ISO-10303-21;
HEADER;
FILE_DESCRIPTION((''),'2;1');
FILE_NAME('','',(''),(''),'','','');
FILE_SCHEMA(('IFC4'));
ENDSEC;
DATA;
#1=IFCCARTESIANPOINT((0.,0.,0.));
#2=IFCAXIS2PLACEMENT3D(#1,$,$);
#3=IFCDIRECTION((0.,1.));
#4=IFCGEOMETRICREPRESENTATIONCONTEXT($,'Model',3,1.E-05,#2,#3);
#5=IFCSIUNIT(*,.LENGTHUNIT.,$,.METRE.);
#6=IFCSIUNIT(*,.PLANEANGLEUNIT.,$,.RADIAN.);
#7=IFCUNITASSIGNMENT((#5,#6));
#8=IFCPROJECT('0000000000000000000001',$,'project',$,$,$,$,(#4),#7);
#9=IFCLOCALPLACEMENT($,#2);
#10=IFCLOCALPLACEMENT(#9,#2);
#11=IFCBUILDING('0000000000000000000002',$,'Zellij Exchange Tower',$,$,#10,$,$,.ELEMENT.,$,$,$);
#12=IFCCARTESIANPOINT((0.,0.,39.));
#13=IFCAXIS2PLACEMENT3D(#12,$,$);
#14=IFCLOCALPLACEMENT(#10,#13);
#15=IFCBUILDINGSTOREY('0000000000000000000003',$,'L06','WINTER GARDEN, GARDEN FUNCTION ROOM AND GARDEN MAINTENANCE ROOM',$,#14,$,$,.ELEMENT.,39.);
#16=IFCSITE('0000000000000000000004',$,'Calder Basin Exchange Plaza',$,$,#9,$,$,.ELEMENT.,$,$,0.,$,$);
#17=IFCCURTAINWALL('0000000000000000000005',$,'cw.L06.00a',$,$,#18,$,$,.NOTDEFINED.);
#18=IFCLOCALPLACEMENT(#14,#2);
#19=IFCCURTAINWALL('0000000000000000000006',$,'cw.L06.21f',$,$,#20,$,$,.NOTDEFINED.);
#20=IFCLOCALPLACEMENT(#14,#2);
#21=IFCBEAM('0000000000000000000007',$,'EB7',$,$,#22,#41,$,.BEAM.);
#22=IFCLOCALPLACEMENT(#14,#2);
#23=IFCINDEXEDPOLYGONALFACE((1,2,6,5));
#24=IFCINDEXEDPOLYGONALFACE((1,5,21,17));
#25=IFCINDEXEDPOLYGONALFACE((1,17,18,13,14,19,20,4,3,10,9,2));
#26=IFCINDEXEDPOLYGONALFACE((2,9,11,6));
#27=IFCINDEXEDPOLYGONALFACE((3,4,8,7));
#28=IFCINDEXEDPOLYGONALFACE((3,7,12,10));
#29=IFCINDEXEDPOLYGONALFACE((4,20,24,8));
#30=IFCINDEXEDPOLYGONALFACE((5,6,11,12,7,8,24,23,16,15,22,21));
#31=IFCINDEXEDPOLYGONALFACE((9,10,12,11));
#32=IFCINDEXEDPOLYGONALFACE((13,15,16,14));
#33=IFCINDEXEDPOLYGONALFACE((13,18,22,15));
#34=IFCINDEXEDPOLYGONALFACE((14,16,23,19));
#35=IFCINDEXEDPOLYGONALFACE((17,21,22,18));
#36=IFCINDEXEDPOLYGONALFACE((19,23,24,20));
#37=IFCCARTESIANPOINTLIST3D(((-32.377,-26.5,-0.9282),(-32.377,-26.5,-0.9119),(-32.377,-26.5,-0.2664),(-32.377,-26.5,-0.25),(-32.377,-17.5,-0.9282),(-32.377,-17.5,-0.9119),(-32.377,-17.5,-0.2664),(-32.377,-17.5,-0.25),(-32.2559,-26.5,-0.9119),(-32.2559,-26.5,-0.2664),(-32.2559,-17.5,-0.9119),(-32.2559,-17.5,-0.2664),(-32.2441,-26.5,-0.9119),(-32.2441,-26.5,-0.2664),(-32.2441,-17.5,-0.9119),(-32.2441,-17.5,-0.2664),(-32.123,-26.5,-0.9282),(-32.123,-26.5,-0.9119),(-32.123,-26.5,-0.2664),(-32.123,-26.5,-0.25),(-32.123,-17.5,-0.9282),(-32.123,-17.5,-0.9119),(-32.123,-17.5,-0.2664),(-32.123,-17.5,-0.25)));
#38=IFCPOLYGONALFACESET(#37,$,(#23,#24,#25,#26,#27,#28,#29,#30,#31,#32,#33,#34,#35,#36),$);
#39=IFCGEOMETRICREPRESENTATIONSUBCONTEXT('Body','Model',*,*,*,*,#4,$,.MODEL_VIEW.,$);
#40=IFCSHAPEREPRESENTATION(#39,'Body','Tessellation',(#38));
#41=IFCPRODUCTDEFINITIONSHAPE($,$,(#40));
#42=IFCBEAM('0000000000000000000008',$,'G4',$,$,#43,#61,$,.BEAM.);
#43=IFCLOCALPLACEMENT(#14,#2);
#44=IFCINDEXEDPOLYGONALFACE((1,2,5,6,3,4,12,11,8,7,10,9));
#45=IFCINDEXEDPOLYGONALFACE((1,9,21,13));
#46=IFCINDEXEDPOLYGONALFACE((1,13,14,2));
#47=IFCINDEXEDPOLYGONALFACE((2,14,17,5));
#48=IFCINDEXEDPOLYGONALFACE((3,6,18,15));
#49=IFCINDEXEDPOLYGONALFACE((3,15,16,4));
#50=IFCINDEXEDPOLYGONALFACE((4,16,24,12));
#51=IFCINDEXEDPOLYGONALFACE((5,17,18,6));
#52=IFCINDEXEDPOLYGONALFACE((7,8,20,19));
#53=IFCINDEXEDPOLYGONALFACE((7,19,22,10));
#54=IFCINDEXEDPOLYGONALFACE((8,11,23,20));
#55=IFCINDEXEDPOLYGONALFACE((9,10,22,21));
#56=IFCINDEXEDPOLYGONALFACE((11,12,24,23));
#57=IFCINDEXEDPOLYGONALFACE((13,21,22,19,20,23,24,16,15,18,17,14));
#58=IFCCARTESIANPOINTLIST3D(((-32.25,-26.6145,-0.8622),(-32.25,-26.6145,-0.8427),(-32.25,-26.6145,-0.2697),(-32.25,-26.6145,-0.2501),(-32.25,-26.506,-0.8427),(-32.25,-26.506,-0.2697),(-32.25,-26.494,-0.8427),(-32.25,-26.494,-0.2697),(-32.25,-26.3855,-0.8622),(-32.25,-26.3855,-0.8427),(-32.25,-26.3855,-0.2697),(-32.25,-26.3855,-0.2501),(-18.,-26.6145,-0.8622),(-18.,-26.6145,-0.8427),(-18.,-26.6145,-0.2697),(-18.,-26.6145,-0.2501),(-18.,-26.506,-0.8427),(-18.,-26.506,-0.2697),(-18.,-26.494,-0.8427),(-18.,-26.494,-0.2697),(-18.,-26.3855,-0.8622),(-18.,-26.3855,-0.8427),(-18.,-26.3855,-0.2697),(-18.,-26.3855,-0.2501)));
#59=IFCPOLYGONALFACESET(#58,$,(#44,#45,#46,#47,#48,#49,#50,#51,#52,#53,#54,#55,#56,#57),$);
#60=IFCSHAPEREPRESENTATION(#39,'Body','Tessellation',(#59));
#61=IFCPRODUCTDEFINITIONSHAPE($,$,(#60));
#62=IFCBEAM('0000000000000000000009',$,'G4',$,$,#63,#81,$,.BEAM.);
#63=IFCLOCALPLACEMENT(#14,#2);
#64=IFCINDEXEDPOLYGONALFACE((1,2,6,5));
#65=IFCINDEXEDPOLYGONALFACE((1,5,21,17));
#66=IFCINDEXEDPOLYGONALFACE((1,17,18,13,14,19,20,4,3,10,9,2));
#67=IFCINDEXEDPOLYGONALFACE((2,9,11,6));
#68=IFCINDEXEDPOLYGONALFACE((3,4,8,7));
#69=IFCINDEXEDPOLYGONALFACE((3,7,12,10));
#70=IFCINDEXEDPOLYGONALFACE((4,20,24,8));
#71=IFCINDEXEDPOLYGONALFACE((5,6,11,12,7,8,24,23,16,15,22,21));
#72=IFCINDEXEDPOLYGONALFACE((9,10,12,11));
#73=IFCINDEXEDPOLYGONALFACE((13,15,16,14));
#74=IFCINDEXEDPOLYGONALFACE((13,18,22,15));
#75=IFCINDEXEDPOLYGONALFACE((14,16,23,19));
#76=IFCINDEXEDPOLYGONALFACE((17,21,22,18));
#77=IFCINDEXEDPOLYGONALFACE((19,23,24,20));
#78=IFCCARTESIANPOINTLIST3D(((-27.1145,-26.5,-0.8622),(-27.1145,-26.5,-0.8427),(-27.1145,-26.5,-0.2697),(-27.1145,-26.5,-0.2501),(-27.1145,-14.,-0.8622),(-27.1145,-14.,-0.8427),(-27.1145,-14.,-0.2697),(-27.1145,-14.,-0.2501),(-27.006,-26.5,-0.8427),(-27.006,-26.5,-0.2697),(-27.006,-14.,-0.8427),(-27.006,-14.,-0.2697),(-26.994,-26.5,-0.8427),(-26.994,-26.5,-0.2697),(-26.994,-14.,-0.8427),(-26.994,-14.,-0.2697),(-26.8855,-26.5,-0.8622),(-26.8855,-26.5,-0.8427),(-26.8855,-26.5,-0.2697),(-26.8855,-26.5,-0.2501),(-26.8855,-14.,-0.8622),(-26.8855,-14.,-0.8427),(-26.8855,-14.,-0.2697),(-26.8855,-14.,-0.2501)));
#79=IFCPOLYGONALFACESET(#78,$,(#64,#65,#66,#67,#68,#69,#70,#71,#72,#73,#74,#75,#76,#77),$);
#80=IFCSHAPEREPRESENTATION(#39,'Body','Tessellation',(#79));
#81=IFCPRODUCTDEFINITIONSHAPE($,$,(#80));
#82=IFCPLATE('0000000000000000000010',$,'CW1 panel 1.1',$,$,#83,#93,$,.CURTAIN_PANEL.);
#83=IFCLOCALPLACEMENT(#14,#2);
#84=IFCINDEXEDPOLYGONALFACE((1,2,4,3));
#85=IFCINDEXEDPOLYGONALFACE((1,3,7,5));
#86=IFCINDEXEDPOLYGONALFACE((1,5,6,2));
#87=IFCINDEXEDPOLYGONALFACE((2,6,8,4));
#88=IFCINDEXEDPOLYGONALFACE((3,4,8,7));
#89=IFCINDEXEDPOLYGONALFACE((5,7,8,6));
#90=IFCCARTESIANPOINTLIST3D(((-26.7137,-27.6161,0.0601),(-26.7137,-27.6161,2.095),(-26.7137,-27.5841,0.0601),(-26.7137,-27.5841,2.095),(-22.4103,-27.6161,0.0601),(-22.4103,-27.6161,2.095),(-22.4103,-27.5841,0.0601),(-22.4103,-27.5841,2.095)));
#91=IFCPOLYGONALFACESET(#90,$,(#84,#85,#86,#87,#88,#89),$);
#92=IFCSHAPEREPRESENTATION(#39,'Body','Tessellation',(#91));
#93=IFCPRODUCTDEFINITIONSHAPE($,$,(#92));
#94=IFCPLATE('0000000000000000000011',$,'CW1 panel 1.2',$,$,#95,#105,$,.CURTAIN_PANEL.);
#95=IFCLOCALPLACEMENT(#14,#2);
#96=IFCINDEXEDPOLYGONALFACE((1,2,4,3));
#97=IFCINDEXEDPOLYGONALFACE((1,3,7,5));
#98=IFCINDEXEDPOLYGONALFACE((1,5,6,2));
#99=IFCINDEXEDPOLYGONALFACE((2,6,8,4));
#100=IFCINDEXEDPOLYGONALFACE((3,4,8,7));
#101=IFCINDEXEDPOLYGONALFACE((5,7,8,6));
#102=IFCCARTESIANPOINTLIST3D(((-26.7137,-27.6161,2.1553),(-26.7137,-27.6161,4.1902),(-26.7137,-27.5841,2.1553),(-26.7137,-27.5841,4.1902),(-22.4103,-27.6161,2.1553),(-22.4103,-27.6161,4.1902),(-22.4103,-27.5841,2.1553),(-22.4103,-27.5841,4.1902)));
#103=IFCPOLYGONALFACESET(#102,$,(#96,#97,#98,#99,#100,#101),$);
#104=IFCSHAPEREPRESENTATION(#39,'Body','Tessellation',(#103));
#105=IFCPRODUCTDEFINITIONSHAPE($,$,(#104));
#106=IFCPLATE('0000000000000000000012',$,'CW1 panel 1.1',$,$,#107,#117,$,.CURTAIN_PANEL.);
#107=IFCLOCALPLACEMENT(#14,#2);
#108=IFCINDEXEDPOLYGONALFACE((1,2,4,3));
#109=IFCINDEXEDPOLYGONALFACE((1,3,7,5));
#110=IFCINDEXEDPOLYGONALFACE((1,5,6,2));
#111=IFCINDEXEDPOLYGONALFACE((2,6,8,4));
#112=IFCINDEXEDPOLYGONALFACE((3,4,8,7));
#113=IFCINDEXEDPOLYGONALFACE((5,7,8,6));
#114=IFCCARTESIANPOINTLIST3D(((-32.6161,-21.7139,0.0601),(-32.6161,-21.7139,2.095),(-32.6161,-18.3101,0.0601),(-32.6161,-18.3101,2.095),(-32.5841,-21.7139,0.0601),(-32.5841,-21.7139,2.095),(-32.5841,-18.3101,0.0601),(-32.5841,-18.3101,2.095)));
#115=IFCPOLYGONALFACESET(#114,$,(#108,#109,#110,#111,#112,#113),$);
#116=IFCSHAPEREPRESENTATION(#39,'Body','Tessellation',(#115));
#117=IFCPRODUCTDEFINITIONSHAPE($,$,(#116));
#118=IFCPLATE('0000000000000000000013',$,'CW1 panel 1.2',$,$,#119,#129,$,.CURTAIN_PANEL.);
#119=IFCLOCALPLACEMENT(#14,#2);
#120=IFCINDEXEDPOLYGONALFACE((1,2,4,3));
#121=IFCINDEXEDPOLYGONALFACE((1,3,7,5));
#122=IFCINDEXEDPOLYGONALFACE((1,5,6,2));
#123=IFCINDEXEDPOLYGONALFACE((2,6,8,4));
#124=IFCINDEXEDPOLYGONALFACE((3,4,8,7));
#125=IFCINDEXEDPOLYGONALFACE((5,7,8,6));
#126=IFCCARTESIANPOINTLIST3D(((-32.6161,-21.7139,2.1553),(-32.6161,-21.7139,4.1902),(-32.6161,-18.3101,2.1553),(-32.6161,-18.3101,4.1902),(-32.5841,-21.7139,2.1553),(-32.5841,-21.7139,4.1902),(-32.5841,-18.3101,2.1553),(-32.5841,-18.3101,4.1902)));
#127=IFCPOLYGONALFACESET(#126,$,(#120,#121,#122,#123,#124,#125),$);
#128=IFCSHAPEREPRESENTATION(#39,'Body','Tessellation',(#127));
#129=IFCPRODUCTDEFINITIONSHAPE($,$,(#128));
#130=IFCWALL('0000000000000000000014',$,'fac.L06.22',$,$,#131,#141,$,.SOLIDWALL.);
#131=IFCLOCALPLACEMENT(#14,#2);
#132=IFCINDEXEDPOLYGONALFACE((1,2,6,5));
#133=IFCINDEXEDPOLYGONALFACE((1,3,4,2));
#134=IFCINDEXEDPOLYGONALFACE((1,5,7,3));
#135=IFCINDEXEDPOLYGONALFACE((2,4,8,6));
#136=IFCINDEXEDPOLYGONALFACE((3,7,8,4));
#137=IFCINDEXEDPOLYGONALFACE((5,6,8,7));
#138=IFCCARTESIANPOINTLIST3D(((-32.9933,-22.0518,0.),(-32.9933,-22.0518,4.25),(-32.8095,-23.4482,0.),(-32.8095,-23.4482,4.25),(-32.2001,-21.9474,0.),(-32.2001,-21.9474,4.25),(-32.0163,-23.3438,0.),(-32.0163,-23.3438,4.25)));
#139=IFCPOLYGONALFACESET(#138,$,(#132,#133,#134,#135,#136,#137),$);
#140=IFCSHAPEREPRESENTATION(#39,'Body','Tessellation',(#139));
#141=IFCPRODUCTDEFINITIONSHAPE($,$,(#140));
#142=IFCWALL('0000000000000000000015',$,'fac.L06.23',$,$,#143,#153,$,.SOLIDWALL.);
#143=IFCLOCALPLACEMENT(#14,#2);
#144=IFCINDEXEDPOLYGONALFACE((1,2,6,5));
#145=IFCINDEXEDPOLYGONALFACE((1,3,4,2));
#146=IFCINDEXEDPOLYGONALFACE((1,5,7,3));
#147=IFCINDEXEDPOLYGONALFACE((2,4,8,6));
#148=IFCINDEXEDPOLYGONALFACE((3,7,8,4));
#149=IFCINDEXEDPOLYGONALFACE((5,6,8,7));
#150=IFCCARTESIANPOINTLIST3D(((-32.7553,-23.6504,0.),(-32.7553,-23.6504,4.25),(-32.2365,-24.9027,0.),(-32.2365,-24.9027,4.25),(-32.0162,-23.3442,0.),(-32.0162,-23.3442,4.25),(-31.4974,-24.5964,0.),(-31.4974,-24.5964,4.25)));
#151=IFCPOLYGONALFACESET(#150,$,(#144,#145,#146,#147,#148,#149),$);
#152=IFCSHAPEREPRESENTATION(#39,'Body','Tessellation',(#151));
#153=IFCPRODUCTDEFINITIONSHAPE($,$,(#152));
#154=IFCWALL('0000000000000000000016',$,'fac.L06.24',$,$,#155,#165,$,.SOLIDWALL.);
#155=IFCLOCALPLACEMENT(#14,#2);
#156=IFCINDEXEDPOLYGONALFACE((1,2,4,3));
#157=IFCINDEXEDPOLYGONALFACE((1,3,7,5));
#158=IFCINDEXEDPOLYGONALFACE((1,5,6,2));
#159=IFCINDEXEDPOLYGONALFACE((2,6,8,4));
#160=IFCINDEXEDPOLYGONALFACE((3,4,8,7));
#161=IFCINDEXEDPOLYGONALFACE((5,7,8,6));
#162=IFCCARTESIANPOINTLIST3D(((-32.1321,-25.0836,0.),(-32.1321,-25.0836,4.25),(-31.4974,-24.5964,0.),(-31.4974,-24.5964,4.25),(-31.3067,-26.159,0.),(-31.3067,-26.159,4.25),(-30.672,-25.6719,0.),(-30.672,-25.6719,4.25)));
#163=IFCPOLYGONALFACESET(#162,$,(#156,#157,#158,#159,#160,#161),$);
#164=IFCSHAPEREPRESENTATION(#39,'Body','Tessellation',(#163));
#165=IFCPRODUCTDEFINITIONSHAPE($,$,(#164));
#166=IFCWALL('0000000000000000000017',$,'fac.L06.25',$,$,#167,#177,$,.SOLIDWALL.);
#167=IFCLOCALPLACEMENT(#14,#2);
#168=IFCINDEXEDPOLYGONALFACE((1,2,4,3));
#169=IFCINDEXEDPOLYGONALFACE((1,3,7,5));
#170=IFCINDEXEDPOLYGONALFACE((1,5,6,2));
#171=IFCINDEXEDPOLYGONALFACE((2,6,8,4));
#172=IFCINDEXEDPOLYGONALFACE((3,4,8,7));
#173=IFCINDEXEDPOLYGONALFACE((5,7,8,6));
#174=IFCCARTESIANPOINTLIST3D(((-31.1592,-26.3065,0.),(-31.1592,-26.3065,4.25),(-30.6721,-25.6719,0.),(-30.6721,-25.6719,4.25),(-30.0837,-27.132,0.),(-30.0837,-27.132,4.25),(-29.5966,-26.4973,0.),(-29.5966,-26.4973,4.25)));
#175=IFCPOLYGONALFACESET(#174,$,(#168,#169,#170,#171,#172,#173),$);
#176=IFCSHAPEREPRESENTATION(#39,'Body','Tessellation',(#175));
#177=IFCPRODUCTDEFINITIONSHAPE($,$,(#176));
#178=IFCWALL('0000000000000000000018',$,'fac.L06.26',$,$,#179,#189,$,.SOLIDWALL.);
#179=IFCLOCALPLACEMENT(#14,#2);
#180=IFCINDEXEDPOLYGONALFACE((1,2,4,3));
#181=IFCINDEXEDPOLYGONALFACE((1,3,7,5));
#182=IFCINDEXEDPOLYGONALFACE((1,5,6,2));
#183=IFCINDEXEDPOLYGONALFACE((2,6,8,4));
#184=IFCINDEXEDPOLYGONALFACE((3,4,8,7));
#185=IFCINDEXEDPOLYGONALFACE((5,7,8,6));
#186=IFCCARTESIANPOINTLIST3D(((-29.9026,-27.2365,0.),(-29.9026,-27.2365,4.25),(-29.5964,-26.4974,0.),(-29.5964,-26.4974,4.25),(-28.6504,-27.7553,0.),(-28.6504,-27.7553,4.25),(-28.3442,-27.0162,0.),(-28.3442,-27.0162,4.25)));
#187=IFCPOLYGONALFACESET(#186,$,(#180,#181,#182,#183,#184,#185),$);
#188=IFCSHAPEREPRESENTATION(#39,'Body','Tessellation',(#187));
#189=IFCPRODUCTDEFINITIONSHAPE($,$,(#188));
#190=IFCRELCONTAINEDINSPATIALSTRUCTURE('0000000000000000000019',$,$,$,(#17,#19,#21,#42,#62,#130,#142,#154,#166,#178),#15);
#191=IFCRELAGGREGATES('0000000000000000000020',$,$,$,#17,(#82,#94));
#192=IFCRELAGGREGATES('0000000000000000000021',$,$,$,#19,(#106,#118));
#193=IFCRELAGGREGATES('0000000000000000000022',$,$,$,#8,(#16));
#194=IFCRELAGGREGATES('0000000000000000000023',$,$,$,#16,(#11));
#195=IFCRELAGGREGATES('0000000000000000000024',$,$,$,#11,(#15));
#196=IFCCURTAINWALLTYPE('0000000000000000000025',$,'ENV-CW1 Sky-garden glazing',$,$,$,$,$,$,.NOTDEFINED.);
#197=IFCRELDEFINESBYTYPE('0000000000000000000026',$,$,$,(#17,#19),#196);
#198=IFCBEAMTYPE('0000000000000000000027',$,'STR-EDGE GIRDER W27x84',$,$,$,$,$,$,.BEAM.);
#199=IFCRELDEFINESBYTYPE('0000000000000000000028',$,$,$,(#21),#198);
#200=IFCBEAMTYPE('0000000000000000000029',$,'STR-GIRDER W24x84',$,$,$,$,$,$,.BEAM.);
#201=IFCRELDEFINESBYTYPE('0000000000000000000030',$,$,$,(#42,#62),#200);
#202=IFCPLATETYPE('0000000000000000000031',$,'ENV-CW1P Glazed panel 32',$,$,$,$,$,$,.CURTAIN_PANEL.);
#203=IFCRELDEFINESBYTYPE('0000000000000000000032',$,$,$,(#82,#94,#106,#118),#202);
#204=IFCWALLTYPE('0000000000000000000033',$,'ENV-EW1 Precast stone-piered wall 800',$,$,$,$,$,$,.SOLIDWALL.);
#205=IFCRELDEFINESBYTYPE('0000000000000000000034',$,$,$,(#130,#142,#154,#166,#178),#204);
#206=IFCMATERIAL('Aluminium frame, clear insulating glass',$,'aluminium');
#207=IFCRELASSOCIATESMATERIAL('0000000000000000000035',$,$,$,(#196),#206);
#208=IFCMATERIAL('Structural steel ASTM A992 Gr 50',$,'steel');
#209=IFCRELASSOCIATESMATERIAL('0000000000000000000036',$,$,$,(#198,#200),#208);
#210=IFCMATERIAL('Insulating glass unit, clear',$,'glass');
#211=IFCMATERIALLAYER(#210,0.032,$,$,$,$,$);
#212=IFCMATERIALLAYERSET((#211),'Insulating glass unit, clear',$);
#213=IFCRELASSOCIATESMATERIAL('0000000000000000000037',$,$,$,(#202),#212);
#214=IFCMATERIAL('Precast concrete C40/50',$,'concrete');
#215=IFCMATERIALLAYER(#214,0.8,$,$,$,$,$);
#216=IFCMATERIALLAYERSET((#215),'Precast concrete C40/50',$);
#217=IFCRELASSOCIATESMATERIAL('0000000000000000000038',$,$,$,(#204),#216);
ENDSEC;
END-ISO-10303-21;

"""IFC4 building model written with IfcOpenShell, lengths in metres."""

from ifc_helpers import new_model, si_unit, direction, frame, frame_2d, origin, origin_2d, place, context, subcontext, project, spatial, rectangle, i_section, extrude, material, layer, layer_set, material_profile, profile_set, type_object, element, aggregate, save


model = new_model("IFC4")

# Units and contexts
model_context = context("Model", 3, precision=1e-05, world=origin(), true_north=direction((0.0, 1.0)))
body_context = subcontext(model_context, "Body", "Model", "MODEL_VIEW")
ifc_project = project(units=[si_unit("LENGTHUNIT", "METRE"), si_unit("PLANEANGLEUNIT", "RADIAN")], contexts=[model_context])

# Site, building, storey
site_placement = place(None, origin())
site = spatial("IfcSite", under=ifc_project, at=site_placement, Name="Calder Basin Exchange Plaza", CompositionType="ELEMENT", RefElevation=0.0)
building_placement = place(site_placement, origin())
building = spatial("IfcBuilding", under=site, at=building_placement, Name="Zellij Exchange Tower", CompositionType="ELEMENT")
storey_placement = place(building_placement, frame((0.0, 0.0, 39.0)))
storey = spatial("IfcBuildingStorey", under=building, at=storey_placement, Name="L06", Description="WINTER GARDEN, GARDEN FUNCTION ROOM AND GARDEN MAINTENANCE ROOM", CompositionType="ELEMENT", Elevation=39.0)

# Curtain walls
ifc_material_1 = material(Name="Aluminium frame, clear insulating glass", Category="aluminium")
curtain_wall_type = type_object("IfcCurtainWallType", Name="ENV-CW1 Sky-garden glazing", PredefinedType="NOTDEFINED", material=ifc_material_1)
curtain_wall_1_placement = place(storey_placement, origin())
curtain_wall_1 = element("IfcCurtainWall", 1, at=curtain_wall_1_placement, inside=storey, type_object=curtain_wall_type, Name="cw.L06.00a", PredefinedType="NOTDEFINED")
curtain_wall_2_placement = place(storey_placement, origin())
curtain_wall_2 = element("IfcCurtainWall", 2, at=curtain_wall_2_placement, inside=storey, type_object=curtain_wall_type, Name="cw.L06.21f", PredefinedType="NOTDEFINED")

# Beams
ifc_material_2 = material(Name="Structural steel ASTM A992 Gr 50", Category="steel")
ifc_material_profile_1 = material_profile(ifc_material_2, i_section(OverallWidth=0.2539, OverallDepth=0.6782, WebThickness=0.0117, FlangeThickness=0.0164, at=origin_2d()), Name="W27x84")
ifc_profile_set_1 = profile_set([ifc_material_profile_1], Name="Structural steel ASTM A992 Gr 50")
beam_type_1 = type_object("IfcBeamType", Name="STR-EDGE GIRDER W27x84", PredefinedType="BEAM", material=ifc_profile_set_1)
beam_1_placement = place(storey_placement, frame((-32.25, -26.5, -0.5891), z_axis=(0.0, 1.0, 0.0), x_axis=(-1.0, 0.0, 0.0)))
element("IfcBeam", 3, at=beam_1_placement, inside=storey, type_object=beam_type_1, Name="EB7", PredefinedType="BEAM", context=body_context, shape_type="SweptSolid", body=[
    extrude(i_section(OverallWidth=0.2539, OverallDepth=0.6782, WebThickness=0.0117, FlangeThickness=0.0164, at=origin_2d()), origin(), (0.0, 0.0, 1.0), 9.0),
])
ifc_material_profile_2 = material_profile(ifc_material_2, i_section(OverallWidth=0.229, OverallDepth=0.6121, WebThickness=0.012, FlangeThickness=0.0195, at=origin_2d()), Name="W24x84")
ifc_profile_set_2 = profile_set([ifc_material_profile_2], Name="Structural steel ASTM A992 Gr 50")
beam_type_2 = type_object("IfcBeamType", Name="STR-GIRDER W24x84", PredefinedType="BEAM", material=ifc_profile_set_2)
beam_2_placement = place(storey_placement, frame((-32.25, -26.5, -0.5562), z_axis=(1.0, 0.0, 0.0), x_axis=(0.0, 1.0, 0.0)))
element("IfcBeam", 4, at=beam_2_placement, inside=storey, type_object=beam_type_2, Name="G4", PredefinedType="BEAM", context=body_context, shape_type="SweptSolid", body=[
    extrude(i_section(OverallWidth=0.229, OverallDepth=0.6121, WebThickness=0.012, FlangeThickness=0.0195, at=origin_2d()), origin(), (0.0, 0.0, 1.0), 14.25),
])
beam_3_placement = place(storey_placement, frame((-27.0, -26.5, -0.5562), z_axis=(0.0, 1.0, 0.0), x_axis=(-1.0, 0.0, 0.0)))
element("IfcBeam", 5, at=beam_3_placement, inside=storey, type_object=beam_type_2, Name="G4", PredefinedType="BEAM", context=body_context, shape_type="SweptSolid", body=[
    extrude(i_section(OverallWidth=0.229, OverallDepth=0.6121, WebThickness=0.012, FlangeThickness=0.0195, at=origin_2d()), origin(), (0.0, 0.0, 1.0), 12.5),
])

# Plates
ifc_material_3 = material(Name="Insulating glass unit, clear", Category="glass")
ifc_layer_1 = layer(ifc_material_3, 0.032)
ifc_layer_set_1 = layer_set([ifc_layer_1], Name="Insulating glass unit, clear")
plate_type = type_object("IfcPlateType", Name="ENV-CW1P Glazed panel 32", PredefinedType="CURTAIN_PANEL", material=ifc_layer_set_1)
plate_1_placement = place(storey_placement, frame((-24.562, -27.6001, 0.0601), z_axis=(0.0, 0.0, 1.0), x_axis=(1.0, 0.0, 0.0)))
plate_1 = element("IfcPlate", 6, at=plate_1_placement, type_object=plate_type, Name="CW1 panel 1.1", PredefinedType="CURTAIN_PANEL", context=body_context, shape_type="SweptSolid", body=[
    extrude(rectangle(XDim=4.3035, YDim=0.032, at=origin_2d()), origin(), (0.0, 0.0, 1.0), 2.0349),
])
plate_2_placement = place(storey_placement, frame((-24.562, -27.6001, 2.1553), z_axis=(0.0, 0.0, 1.0), x_axis=(1.0, 0.0, 0.0)))
plate_2 = element("IfcPlate", 7, at=plate_2_placement, type_object=plate_type, Name="CW1 panel 1.2", PredefinedType="CURTAIN_PANEL", context=body_context, shape_type="SweptSolid", body=[
    extrude(rectangle(XDim=4.3035, YDim=0.032, at=origin_2d()), origin(), (0.0, 0.0, 1.0), 2.0349),
])
aggregate(curtain_wall_1, [plate_1, plate_2])
plate_3_placement = place(storey_placement, frame((-32.6001, -20.012, 0.0601), z_axis=(0.0, 0.0, 1.0), x_axis=(0.0, -1.0, 0.0)))
plate_3 = element("IfcPlate", 8, at=plate_3_placement, type_object=plate_type, Name="CW1 panel 1.1", PredefinedType="CURTAIN_PANEL", context=body_context, shape_type="SweptSolid", body=[
    extrude(rectangle(XDim=3.4038, YDim=0.032, at=origin_2d()), origin(), (0.0, 0.0, 1.0), 2.0349),
])
plate_4_placement = place(storey_placement, frame((-32.6001, -20.012, 2.1553), z_axis=(0.0, 0.0, 1.0), x_axis=(0.0, -1.0, 0.0)))
plate_4 = element("IfcPlate", 9, at=plate_4_placement, type_object=plate_type, Name="CW1 panel 1.2", PredefinedType="CURTAIN_PANEL", context=body_context, shape_type="SweptSolid", body=[
    extrude(rectangle(XDim=3.4038, YDim=0.032, at=origin_2d()), origin(), (0.0, 0.0, 1.0), 2.0349),
])
aggregate(curtain_wall_2, [plate_3, plate_4])

# Walls
ifc_material_4 = material(Name="Precast concrete C40/50", Category="concrete")
ifc_layer_2 = layer(ifc_material_4, 0.8)
ifc_layer_set_2 = layer_set([ifc_layer_2], Name="Precast concrete C40/50")
wall_type_1 = type_object("IfcWallType", Name="ENV-EW1 Precast stone-piered wall 800", PredefinedType="SOLIDWALL", material=ifc_layer_set_2)
wall_1_placement = place(storey_placement, frame((-32.5967, -21.9998, 0.0), z_axis=(0.0, 0.0, 1.0), x_axis=(0.130517, -0.991446, 0.0)))
element("IfcWall", 10, at=wall_1_placement, inside=storey, type_object=wall_type_1, Name="fac.L06.22", PredefinedType="SOLIDWALL", context=body_context, shape_type="SweptSolid", body=[
    extrude(rectangle(XDim=1.4084, YDim=0.8, at=frame_2d((0.7041, 0.0))), origin(), (0.0, 0.0, 1.0), 4.25),
])
wall_2_placement = place(storey_placement, frame((-32.3857, -23.4973, 0.0), z_axis=(0.0, 0.0, 1.0), x_axis=(0.38276, -0.923848, 0.0)))
element("IfcWall", 11, at=wall_2_placement, inside=storey, type_object=wall_type_1, Name="fac.L06.23", PredefinedType="SOLIDWALL", context=body_context, shape_type="SweptSolid", body=[
    extrude(rectangle(XDim=1.3555, YDim=0.8, at=frame_2d((0.6777, 0.0))), origin(), (0.0, 0.0, 1.0), 4.25),
])
for number, where, z_axis, x_axis, name in (
    (12, (-31.8147, -24.8401, 0.0), (0.0, 0.0, 1.0), (0.608866, -0.793273, 0.0), "fac.L06.24"),
    (13, (-30.9155, -25.9893, 0.0), (0.0, 0.0, 1.0), (0.793273, -0.608866, 0.0), "fac.L06.25"),
):
    element("IfcWall", number, at=place(storey_placement, frame(where, z_axis=z_axis, x_axis=x_axis)), inside=storey, type_object=wall_type_1, Name=name, PredefinedType="SOLIDWALL", context=body_context, shape_type="SweptSolid", body=[
        extrude(rectangle(XDim=1.3557, YDim=0.8, at=frame_2d((0.6777, 0.0))), origin(), (0.0, 0.0, 1.0), 4.25),
    ])
wall_3_placement = place(storey_placement, frame((-29.7495, -26.8669, 0.0), z_axis=(0.0, 0.0, 1.0), x_axis=(0.923848, -0.38276, 0.0)))
element("IfcWall", 14, at=wall_3_placement, inside=storey, type_object=wall_type_1, Name="fac.L06.26", PredefinedType="SOLIDWALL", context=body_context, shape_type="SweptSolid", body=[
    extrude(rectangle(XDim=1.3555, YDim=0.8, at=frame_2d((0.6777, 0.0))), origin(), (0.0, 0.0, 1.0), 4.25),
])

save(model, "model.ifc")
